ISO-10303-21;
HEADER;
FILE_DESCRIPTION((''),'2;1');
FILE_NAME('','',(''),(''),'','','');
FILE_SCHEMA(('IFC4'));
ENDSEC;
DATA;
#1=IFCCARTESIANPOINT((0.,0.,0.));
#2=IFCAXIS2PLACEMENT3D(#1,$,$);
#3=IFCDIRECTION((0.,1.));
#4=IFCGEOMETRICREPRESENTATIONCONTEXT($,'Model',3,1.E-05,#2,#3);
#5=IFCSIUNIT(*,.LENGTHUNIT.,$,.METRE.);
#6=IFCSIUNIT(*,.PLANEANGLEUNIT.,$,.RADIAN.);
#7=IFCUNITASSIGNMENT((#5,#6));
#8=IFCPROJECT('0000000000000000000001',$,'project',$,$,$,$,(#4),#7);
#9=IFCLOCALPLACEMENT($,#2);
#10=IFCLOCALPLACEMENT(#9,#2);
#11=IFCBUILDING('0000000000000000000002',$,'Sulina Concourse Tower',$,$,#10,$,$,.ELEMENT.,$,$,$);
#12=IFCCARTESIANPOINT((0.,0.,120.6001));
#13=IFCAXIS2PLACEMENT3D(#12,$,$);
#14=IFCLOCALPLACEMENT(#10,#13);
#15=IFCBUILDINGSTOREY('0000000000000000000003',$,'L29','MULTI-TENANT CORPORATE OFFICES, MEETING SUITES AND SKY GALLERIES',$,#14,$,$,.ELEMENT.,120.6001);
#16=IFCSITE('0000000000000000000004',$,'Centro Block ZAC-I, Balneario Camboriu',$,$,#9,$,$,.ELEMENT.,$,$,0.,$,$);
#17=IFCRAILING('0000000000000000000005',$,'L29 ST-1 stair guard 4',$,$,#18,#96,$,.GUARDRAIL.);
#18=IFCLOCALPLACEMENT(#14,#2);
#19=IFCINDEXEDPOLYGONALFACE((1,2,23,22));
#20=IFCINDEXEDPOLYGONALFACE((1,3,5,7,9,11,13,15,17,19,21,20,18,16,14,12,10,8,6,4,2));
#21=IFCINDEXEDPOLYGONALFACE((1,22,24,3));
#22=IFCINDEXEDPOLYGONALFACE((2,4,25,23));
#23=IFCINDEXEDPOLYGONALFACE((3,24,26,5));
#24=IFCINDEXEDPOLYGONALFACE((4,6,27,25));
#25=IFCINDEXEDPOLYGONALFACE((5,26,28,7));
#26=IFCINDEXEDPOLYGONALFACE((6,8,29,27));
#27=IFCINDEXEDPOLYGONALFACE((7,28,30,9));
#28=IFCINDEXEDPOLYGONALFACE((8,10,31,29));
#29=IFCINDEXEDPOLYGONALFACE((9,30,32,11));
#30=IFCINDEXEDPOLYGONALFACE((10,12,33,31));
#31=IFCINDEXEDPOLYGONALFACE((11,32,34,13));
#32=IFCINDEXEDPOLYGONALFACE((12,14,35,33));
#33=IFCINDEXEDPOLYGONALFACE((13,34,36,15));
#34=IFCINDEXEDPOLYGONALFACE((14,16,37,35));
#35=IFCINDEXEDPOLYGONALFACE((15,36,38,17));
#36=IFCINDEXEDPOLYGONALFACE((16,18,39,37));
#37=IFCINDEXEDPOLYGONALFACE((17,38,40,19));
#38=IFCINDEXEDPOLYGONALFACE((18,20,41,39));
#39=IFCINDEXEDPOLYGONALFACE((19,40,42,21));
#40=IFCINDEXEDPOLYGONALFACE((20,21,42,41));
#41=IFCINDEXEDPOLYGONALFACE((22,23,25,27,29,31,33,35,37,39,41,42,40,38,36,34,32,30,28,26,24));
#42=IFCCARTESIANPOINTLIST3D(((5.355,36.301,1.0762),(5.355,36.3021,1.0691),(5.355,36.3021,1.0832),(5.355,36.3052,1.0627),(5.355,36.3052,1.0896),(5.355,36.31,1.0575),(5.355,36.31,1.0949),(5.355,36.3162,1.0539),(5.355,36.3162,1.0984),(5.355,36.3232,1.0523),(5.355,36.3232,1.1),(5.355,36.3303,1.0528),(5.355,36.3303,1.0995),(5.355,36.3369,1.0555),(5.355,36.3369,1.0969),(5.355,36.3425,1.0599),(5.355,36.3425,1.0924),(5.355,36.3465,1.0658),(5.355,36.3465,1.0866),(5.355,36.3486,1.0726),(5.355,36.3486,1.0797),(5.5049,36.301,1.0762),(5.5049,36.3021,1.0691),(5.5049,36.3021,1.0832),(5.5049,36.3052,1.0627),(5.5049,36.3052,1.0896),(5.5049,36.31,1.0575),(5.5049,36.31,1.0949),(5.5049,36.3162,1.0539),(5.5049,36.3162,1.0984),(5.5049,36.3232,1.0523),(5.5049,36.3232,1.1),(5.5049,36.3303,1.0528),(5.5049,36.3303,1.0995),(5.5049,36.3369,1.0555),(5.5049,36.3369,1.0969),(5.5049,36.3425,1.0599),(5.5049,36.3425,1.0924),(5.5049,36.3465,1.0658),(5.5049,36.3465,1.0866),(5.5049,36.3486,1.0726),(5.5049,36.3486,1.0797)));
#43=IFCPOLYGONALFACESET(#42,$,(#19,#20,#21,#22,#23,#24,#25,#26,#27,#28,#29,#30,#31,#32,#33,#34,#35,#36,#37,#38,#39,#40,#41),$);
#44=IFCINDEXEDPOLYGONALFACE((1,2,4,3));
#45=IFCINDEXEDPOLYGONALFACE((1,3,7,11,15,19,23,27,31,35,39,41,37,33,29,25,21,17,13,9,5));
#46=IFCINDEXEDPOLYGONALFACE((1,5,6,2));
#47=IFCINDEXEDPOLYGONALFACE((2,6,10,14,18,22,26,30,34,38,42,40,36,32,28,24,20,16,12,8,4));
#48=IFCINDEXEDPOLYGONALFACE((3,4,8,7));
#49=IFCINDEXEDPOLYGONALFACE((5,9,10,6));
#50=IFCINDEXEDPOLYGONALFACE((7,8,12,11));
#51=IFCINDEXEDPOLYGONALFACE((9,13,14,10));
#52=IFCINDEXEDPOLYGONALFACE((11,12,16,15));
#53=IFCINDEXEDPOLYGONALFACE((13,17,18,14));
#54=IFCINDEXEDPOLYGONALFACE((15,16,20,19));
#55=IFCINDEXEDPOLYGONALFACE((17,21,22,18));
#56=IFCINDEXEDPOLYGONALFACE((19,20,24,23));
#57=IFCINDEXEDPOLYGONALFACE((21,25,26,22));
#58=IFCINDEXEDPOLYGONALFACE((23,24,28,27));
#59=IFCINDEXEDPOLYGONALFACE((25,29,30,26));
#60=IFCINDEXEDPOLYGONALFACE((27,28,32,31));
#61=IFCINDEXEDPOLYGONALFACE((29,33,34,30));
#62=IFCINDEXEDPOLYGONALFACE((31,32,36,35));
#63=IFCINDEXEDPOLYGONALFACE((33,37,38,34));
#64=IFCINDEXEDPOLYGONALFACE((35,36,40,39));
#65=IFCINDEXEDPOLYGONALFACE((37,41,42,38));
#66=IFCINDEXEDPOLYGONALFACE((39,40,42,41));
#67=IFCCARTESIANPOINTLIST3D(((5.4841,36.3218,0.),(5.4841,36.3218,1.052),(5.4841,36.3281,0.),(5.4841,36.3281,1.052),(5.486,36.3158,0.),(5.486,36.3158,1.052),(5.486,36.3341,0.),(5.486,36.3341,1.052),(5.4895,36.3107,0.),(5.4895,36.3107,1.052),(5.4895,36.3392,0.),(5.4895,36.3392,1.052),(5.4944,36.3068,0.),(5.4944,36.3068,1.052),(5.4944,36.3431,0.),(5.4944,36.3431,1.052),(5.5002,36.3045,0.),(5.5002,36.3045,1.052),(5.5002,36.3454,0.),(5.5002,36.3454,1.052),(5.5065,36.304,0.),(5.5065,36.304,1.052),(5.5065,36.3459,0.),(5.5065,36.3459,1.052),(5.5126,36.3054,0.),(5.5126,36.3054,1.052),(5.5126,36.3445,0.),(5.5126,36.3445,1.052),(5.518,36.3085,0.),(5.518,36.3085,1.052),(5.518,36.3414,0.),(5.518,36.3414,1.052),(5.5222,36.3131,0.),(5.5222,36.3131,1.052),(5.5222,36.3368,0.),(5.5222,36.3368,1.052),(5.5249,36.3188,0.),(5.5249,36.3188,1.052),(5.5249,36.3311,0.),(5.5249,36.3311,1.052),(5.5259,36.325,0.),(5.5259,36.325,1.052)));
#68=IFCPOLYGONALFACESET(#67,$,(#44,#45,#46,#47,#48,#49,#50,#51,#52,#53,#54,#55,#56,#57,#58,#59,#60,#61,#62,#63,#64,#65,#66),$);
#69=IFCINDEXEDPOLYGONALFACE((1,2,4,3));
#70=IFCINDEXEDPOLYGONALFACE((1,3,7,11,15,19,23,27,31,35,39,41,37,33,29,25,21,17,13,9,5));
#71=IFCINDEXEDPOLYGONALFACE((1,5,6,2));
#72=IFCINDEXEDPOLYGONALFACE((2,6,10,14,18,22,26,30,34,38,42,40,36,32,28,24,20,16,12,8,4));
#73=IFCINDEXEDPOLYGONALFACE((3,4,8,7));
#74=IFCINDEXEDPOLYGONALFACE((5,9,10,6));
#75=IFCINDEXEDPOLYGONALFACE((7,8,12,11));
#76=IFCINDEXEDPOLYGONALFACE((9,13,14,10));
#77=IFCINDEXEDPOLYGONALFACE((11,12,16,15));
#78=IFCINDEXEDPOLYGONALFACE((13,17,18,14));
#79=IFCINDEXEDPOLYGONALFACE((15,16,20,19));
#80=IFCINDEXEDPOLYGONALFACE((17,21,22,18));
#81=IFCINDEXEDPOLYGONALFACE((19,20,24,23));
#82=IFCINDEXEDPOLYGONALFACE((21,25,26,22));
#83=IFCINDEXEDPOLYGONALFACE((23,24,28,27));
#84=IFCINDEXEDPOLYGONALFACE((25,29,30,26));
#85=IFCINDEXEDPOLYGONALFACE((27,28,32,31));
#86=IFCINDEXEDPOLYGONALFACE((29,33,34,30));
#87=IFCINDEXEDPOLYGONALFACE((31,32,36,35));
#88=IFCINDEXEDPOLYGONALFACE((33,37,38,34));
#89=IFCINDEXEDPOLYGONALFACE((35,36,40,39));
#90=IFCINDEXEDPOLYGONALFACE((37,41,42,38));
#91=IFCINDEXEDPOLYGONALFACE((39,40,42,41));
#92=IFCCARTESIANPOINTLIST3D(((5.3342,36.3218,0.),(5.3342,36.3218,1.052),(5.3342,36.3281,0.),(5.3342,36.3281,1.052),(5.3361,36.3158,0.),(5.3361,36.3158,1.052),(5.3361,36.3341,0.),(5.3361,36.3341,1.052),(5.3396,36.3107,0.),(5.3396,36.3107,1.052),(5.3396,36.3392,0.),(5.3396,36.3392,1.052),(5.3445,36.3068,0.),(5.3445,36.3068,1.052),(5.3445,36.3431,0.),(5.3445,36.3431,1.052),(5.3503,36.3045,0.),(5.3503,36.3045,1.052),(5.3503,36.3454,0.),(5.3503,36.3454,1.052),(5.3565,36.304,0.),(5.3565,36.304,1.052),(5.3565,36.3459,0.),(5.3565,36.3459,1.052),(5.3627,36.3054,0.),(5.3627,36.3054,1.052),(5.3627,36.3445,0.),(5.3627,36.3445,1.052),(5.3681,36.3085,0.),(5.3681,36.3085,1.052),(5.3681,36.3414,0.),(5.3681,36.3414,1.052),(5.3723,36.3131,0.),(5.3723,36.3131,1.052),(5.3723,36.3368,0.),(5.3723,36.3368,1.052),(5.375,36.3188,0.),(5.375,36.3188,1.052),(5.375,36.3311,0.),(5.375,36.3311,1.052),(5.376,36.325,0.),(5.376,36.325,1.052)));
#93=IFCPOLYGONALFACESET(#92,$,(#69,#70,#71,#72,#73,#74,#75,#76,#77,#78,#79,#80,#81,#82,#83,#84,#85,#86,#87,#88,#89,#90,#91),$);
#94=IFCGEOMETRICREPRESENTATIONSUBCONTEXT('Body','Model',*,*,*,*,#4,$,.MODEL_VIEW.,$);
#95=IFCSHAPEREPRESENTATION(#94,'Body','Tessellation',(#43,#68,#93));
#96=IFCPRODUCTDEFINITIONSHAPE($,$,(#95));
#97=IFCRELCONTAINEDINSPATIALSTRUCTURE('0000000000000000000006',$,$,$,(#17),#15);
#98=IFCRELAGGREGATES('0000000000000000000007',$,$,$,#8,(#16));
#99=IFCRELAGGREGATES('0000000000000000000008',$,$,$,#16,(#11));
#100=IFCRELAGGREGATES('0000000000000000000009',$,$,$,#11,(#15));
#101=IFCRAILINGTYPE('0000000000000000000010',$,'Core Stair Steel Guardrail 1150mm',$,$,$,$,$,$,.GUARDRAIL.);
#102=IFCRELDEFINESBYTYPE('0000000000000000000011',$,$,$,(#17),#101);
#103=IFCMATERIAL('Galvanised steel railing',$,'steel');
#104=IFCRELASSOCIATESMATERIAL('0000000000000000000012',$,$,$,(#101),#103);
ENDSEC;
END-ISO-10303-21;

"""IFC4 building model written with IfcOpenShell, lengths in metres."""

from ifc_helpers import new_model, si_unit, direction, frame, origin, origin_2d, place, context, subcontext, project, spatial, circle, extrude, material, type_object, element, save


model = new_model("IFC4")

# Units and contexts
model_context = context("Model", 3, precision=1e-05, world=origin(), true_north=direction((0.0, 1.0)))
body_context = subcontext(model_context, "Body", "Model", "MODEL_VIEW")
ifc_project = project(units=[si_unit("LENGTHUNIT", "METRE"), si_unit("PLANEANGLEUNIT", "RADIAN")], contexts=[model_context])

# Site, building, storey
site_placement = place(None, origin())
site = spatial("IfcSite", under=ifc_project, at=site_placement, Name="Centro Block ZAC-I, Balneario Camboriu", CompositionType="ELEMENT", RefElevation=0.0)
building_placement = place(site_placement, origin())
building = spatial("IfcBuilding", under=site, at=building_placement, Name="Sulina Concourse Tower", CompositionType="ELEMENT")
storey_placement = place(building_placement, frame((0.0, 0.0, 120.6001)))
storey = spatial("IfcBuildingStorey", under=building, at=storey_placement, Name="L29", Description="MULTI-TENANT CORPORATE OFFICES, MEETING SUITES AND SKY GALLERIES", CompositionType="ELEMENT", Elevation=120.6001)

# Railing
ifc_material_1 = material(Name="Galvanised steel railing", Category="steel")
railing_type_1 = type_object("IfcRailingType", Name="Core Stair Steel Guardrail 1150mm", PredefinedType="GUARDRAIL", material=ifc_material_1)
railing_1_placement = place(storey_placement, frame((5.5049, 36.325, 0.0)))
element("IfcRailing", 1, at=railing_1_placement, inside=storey, type_object=railing_type_1, Name="L29 ST-1 stair guard 4", PredefinedType="GUARDRAIL", context=body_context, shape_type="SweptSolid", body=[
    extrude(circle(Radius=0.0239, at=origin_2d()), frame((0.0, 0.0, 1.0762), z_axis=(-1.0, 0.0, 0.0), x_axis=(0.0, -1.0, 0.0)), (0.0, 0.0, 1.0), 0.1499),
    extrude(circle(Radius=0.021, at=origin_2d()), origin(), (0.0, 0.0, 1.0), 1.052),
    extrude(circle(Radius=0.021, at=origin_2d()), frame((-0.1499, 0.0, 0.0)), (0.0, 0.0, 1.0), 1.052),
])

save(model, "model.ifc")
